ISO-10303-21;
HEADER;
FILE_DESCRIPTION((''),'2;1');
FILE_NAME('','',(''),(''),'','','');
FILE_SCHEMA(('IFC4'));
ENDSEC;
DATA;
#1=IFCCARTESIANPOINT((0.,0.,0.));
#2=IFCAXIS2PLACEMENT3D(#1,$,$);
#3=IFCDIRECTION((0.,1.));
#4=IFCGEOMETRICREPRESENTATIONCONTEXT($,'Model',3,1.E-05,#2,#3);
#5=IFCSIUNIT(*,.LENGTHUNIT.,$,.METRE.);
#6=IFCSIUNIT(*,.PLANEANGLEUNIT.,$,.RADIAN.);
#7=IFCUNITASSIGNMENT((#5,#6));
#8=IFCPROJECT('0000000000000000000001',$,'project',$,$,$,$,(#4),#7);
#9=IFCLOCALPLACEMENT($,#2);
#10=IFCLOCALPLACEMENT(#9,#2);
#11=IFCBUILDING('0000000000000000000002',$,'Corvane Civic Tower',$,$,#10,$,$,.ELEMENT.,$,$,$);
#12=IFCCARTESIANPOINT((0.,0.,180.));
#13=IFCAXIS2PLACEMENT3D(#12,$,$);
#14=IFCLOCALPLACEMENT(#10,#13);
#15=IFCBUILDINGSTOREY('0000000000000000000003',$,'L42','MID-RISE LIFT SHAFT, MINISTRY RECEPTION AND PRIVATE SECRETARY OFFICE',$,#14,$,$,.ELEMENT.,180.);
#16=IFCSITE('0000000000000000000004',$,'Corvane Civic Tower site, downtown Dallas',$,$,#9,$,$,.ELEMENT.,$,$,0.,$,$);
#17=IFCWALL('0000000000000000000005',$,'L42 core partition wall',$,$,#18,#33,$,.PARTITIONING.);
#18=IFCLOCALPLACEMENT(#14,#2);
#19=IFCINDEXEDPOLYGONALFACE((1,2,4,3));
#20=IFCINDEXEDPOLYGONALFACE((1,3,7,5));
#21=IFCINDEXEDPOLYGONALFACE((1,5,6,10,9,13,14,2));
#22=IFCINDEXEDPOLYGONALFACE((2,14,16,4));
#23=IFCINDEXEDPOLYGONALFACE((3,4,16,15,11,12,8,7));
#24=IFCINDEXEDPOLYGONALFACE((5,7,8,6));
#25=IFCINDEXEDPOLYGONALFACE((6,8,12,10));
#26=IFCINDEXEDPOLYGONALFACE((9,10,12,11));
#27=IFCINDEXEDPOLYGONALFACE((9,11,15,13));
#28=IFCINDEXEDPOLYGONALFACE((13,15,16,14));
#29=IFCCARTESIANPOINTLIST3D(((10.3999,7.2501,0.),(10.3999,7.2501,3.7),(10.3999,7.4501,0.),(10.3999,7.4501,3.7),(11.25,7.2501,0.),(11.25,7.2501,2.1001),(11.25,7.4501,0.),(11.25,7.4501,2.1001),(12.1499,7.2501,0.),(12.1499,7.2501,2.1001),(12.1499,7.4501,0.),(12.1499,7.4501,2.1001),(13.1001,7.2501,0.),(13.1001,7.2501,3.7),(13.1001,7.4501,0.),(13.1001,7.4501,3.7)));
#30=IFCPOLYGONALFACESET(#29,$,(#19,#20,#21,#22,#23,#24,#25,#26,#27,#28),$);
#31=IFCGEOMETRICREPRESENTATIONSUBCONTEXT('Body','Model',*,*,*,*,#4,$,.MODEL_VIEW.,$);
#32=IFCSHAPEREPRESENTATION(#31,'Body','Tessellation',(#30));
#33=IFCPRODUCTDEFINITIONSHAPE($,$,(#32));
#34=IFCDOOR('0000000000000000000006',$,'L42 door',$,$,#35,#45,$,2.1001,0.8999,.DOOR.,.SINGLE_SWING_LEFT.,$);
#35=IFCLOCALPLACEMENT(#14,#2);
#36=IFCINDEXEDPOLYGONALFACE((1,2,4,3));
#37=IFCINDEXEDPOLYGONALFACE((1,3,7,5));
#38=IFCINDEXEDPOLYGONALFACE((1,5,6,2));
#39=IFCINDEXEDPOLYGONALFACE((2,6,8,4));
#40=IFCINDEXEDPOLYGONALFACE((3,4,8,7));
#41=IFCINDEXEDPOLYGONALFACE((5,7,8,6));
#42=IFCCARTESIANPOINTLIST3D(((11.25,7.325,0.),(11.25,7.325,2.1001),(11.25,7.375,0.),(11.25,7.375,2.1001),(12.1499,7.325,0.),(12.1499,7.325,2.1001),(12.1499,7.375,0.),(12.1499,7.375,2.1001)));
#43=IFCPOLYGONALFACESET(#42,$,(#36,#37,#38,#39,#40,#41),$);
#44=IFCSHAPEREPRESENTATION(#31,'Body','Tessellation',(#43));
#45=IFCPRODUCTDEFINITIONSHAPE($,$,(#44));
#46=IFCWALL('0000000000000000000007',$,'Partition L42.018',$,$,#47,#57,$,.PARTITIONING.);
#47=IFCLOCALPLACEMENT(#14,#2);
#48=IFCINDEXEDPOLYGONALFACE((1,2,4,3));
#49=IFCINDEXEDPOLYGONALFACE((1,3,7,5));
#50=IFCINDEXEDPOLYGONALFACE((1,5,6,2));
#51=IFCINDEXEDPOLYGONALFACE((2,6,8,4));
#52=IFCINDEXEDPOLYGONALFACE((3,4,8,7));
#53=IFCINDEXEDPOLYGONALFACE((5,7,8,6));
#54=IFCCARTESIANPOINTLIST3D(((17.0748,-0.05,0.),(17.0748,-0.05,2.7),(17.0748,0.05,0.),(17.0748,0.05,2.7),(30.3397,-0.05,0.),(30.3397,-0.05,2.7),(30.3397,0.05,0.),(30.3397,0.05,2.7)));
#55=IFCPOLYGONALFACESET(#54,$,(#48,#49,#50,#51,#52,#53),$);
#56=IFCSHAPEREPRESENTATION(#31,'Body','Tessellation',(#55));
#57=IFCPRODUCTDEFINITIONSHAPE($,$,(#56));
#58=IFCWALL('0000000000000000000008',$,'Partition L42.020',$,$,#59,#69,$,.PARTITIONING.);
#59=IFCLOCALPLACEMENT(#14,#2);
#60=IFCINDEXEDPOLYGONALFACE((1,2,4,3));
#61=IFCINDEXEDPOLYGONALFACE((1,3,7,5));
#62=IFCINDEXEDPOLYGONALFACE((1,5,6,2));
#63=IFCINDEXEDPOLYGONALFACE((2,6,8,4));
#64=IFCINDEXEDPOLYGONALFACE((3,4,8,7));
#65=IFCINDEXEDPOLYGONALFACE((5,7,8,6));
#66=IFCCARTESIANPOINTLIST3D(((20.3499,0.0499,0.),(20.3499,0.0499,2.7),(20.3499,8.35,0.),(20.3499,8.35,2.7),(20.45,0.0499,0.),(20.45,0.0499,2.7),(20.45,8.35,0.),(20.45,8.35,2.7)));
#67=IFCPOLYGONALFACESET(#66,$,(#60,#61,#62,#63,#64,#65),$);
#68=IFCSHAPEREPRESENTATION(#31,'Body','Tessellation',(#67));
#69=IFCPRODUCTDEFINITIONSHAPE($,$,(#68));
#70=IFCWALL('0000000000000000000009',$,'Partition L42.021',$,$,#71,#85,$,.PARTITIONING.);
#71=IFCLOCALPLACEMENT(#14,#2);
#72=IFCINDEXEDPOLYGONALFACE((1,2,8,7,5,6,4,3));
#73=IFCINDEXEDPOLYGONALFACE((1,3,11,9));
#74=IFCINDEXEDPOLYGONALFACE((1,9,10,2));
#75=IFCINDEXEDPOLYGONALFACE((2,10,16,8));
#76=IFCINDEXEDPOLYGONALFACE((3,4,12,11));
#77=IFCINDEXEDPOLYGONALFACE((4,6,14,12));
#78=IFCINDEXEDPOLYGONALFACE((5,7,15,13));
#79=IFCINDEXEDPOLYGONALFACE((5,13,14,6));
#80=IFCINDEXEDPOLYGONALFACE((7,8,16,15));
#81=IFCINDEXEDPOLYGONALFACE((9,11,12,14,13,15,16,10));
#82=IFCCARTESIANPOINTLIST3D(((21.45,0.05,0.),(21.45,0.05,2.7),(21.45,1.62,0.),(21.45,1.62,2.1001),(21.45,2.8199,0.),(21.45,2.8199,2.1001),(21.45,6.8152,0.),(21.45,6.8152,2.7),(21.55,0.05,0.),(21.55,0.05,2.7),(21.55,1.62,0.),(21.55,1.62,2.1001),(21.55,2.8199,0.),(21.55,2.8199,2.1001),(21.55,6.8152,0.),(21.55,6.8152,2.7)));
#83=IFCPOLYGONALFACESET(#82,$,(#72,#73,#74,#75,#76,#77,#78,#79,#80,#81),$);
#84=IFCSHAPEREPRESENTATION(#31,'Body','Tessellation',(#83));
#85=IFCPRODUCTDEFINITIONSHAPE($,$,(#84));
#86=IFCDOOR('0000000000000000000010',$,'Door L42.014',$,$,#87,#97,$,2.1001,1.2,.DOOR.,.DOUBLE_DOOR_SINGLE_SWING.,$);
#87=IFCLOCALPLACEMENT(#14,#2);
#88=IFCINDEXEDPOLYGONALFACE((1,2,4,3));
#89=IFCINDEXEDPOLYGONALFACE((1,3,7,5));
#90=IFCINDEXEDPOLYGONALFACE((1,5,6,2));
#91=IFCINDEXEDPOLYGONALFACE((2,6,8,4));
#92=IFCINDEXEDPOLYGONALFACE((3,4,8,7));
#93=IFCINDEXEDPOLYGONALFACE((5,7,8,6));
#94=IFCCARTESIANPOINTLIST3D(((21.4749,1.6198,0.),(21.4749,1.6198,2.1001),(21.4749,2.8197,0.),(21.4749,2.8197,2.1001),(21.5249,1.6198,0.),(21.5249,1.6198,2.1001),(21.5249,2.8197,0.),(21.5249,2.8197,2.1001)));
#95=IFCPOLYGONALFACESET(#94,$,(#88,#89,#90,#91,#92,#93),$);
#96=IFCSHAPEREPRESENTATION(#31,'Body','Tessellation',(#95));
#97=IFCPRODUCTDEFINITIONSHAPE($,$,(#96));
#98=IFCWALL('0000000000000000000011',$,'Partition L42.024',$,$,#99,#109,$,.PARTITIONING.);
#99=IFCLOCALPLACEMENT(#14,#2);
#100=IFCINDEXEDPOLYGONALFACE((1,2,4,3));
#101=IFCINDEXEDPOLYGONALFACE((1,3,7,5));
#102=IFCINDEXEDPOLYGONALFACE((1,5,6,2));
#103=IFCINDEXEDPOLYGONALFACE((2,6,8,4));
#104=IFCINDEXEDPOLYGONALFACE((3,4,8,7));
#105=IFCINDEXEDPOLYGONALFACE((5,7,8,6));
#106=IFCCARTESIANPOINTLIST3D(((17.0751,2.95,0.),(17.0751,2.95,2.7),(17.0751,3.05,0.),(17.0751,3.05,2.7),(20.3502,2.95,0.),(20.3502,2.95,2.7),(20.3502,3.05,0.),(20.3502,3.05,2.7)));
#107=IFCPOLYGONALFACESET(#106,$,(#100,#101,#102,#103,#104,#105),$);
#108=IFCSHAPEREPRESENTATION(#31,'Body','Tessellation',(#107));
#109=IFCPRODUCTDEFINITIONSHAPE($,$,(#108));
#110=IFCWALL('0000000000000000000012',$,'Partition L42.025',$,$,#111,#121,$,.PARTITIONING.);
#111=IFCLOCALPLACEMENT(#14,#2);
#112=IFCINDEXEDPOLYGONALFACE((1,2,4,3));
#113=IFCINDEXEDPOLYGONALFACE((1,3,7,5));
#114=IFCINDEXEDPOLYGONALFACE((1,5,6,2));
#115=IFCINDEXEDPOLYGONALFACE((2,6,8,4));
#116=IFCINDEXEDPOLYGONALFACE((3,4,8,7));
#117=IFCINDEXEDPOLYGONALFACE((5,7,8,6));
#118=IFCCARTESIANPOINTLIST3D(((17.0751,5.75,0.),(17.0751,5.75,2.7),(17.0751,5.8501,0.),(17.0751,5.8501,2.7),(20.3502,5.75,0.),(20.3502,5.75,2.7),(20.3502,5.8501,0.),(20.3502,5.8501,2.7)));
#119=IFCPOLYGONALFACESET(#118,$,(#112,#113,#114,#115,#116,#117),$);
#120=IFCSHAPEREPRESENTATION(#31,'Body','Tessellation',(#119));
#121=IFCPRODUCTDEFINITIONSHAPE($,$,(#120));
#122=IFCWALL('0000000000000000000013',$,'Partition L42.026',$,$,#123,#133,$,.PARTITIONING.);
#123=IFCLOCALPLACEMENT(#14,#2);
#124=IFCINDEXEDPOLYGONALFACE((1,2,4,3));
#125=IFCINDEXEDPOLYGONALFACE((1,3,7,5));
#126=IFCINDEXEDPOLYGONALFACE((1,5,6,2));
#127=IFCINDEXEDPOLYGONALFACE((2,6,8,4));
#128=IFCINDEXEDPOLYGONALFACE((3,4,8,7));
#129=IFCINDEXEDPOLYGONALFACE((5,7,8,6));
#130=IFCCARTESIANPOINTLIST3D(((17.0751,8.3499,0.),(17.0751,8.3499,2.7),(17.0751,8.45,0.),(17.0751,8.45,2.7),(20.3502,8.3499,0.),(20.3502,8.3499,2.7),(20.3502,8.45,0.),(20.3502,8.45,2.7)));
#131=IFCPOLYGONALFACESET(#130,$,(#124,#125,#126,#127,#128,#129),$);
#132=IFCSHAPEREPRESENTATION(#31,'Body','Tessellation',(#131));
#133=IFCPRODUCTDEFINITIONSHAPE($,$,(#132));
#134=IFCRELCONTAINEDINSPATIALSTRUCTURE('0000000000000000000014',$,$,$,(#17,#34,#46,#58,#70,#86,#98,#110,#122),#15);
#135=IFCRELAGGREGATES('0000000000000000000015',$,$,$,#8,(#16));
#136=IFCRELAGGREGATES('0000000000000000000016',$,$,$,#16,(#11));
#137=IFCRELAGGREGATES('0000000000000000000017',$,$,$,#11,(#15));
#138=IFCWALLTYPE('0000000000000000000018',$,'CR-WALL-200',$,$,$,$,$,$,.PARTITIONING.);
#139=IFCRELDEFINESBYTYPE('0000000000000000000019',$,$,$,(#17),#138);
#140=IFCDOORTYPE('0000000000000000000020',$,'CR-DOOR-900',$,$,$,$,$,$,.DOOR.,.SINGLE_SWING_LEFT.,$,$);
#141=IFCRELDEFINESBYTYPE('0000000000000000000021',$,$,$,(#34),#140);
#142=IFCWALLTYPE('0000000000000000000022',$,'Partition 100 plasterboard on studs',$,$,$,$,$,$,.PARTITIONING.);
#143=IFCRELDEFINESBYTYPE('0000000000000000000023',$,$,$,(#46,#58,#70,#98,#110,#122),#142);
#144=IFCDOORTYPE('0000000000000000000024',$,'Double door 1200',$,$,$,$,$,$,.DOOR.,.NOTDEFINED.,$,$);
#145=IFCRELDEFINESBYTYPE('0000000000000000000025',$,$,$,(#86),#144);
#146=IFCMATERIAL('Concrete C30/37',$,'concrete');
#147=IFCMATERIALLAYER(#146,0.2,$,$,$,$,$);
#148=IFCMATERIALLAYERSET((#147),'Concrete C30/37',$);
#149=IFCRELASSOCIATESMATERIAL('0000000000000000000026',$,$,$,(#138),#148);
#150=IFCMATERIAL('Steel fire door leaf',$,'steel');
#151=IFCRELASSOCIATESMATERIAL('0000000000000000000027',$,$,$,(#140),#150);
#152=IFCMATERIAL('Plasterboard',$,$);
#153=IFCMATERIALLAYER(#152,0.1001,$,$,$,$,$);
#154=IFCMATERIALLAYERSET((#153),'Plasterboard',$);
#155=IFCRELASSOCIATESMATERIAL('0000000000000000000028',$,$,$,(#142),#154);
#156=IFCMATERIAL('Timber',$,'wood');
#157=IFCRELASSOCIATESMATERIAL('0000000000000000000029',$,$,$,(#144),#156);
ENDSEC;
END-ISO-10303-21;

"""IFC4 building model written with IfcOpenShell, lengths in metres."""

from ifc_helpers import new_model, si_unit, direction, frame, frame_2d, origin, place, context, subcontext, project, spatial, rectangle, extrude, material, layer, layer_set, type_object, element, fill, save


model = new_model("IFC4")

# Units and contexts
model_context = context("Model", 3, precision=1e-05, world=origin(), true_north=direction((0.0, 1.0)))
body_context = subcontext(model_context, "Body", "Model", "MODEL_VIEW")
ifc_project = project(units=[si_unit("LENGTHUNIT", "METRE"), si_unit("PLANEANGLEUNIT", "RADIAN")], contexts=[model_context])

# Site, building, storey
site_placement = place(None, origin())
site = spatial("IfcSite", under=ifc_project, at=site_placement, Name="Corvane Civic Tower site, downtown Dallas", CompositionType="ELEMENT", RefElevation=0.0)
building_placement = place(site_placement, origin())
building = spatial("IfcBuilding", under=site, at=building_placement, Name="Corvane Civic Tower", CompositionType="ELEMENT")
storey_placement = place(building_placement, frame((0.0, 0.0, 180.0)))
storey = spatial("IfcBuildingStorey", under=building, at=storey_placement, Name="L42", Description="MID-RISE LIFT SHAFT, MINISTRY RECEPTION AND PRIVATE SECRETARY OFFICE", CompositionType="ELEMENT", Elevation=180.0)

# Wall, opening, door
ifc_material_1 = material(Name="Concrete C30/37", Category="concrete")
ifc_layer_1 = layer(ifc_material_1, 0.2)
ifc_layer_set_1 = layer_set([ifc_layer_1], Name="Concrete C30/37")
wall_type_1 = type_object("IfcWallType", Name="CR-WALL-200", PredefinedType="PARTITIONING", material=ifc_layer_set_1)
wall_1_placement = place(storey_placement, frame((10.3999, 7.3501, 0.0), z_axis=(0.0, 0.0, 1.0), x_axis=(1.0, 0.0, 0.0)))
wall_1 = element("IfcWall", 1, at=wall_1_placement, inside=storey, type_object=wall_type_1, Name="L42 core partition wall", PredefinedType="PARTITIONING", context=body_context, shape_type="SweptSolid", body=[
    extrude(rectangle(XDim=2.7002, YDim=0.2, at=frame_2d((1.3501, 0.0))), origin(), (0.0, 0.0, 1.0), 3.7),
])
opening_1_placement = place(wall_1_placement, frame((0.8501, 0.0, 0.0)))
opening_1 = element("IfcOpeningElement", 2, at=opening_1_placement, cuts=wall_1, PredefinedType="OPENING", context=body_context, shape_type="SweptSolid", body=[
    extrude(rectangle(XDim=0.8999, YDim=2.1001, at=frame_2d((0.45, 1.05))), frame((0.0, 0.1099, 0.0), z_axis=(0.0, -1.0, 0.0), x_axis=(1.0, 0.0, 0.0)), (0.0, 0.0, 1.0), 0.22),
])
ifc_material_2 = material(Name="Steel fire door leaf", Category="steel")
door_type_1 = type_object("IfcDoorType", Name="CR-DOOR-900", OperationType="SINGLE_SWING_LEFT", PredefinedType="DOOR", material=ifc_material_2)
door_1_placement = place(opening_1_placement, origin())
door_1 = element("IfcDoor", 3, at=door_1_placement, inside=storey, type_object=door_type_1, Name="L42 door", OperationType="SINGLE_SWING_LEFT", OverallHeight=2.1001, OverallWidth=0.8999, PredefinedType="DOOR", context=body_context, shape_type="SweptSolid", body=[
    extrude(rectangle(XDim=0.8999, YDim=2.1001, at=frame_2d((0.45, 1.05))), frame((0.0, 0.0249, 0.0), z_axis=(0.0, -1.0, 0.0), x_axis=(1.0, 0.0, 0.0)), (0.0, 0.0, 1.0), 0.05),
])
fill(opening_1, door_1)

# Walls
ifc_material_3 = material(Name="Plasterboard")
ifc_layer_2 = layer(ifc_material_3, 0.1001)
ifc_layer_set_2 = layer_set([ifc_layer_2], Name="Plasterboard")
wall_type_2 = type_object("IfcWallType", Name="Partition 100 plasterboard on studs", PredefinedType="PARTITIONING", material=ifc_layer_set_2)
wall_2_placement = place(storey_placement, frame((17.075, 0.0, 0.0), z_axis=(0.0, 0.0, 1.0), x_axis=(1.0, 0.0, 0.0)))
element("IfcWall", 4, at=wall_2_placement, inside=storey, type_object=wall_type_2, Name="Partition L42.018", PredefinedType="PARTITIONING", context=body_context, shape_type="SweptSolid", body=[
    extrude(rectangle(XDim=13.2649, YDim=0.1001, at=frame_2d((6.6323, 0.0))), origin(), (0.0, 0.0, 1.0), 2.7),
])
wall_3_placement = place(storey_placement, frame((20.3999, 0.05, 0.0), z_axis=(0.0, 0.0, 1.0), x_axis=(0.0, 1.0, 0.0)))
element("IfcWall", 5, at=wall_3_placement, inside=storey, type_object=wall_type_2, Name="Partition L42.020", PredefinedType="PARTITIONING", context=body_context, shape_type="SweptSolid", body=[
    extrude(rectangle(XDim=8.3, YDim=0.1001, at=frame_2d((4.1499, 0.0))), origin(), (0.0, 0.0, 1.0), 2.7),
])

# Wall, opening, door
wall_4_placement = place(storey_placement, frame((21.5, 0.05, 0.0), z_axis=(0.0, 0.0, 1.0), x_axis=(0.0, 1.0, 0.0)))
wall_4 = element("IfcWall", 6, at=wall_4_placement, inside=storey, type_object=wall_type_2, Name="Partition L42.021", PredefinedType="PARTITIONING", context=body_context, shape_type="SweptSolid", body=[
    extrude(rectangle(XDim=6.7651, YDim=0.1001, at=frame_2d((3.3826, 0.0))), origin(), (0.0, 0.0, 1.0), 2.7),
])
opening_2_placement = place(wall_4_placement, frame((1.5698, 0.0, 0.0)))
opening_2 = element("IfcOpeningElement", 7, at=opening_2_placement, cuts=wall_4, PredefinedType="OPENING", context=body_context, shape_type="SweptSolid", body=[
    extrude(rectangle(XDim=1.2, YDim=2.1001, at=frame_2d((0.6001, 1.05))), frame((0.0, 0.0601, 0.0), z_axis=(0.0, -1.0, 0.0), x_axis=(1.0, 0.0, 0.0)), (0.0, 0.0, 1.0), 0.1201),
])
ifc_material_4 = material(Name="Timber", Category="wood")
door_type_2 = type_object("IfcDoorType", Name="Double door 1200", OperationType="NOTDEFINED", PredefinedType="DOOR", material=ifc_material_4)
door_2_placement = place(opening_2_placement, frame((1.2, 0.0, 0.0), z_axis=(0.0, 0.0, 1.0), x_axis=(-1.0, 0.0, 0.0)))
door_2 = element("IfcDoor", 8, at=door_2_placement, inside=storey, type_object=door_type_2, Name="Door L42.014", OperationType="DOUBLE_DOOR_SINGLE_SWING", OverallHeight=2.1001, OverallWidth=1.2, PredefinedType="DOOR", context=body_context, shape_type="SweptSolid", body=[
    extrude(rectangle(XDim=1.2, YDim=2.1001, at=frame_2d((0.6001, 1.05))), frame((0.0, 0.0249, 0.0), z_axis=(0.0, -1.0, 0.0), x_axis=(1.0, 0.0, 0.0)), (0.0, 0.0, 1.0), 0.05),
])
fill(opening_2, door_2)

# Walls
for number, where, z_axis, x_axis, name in (
    (9, (17.075, 3.0, 0.0), (0.0, 0.0, 1.0), (1.0, 0.0, 0.0), "Partition L42.024"),
    (10, (17.075, 5.8, 0.0), (0.0, 0.0, 1.0), (1.0, 0.0, 0.0), "Partition L42.025"),
    (11, (17.075, 8.3999, 0.0), (0.0, 0.0, 1.0), (1.0, 0.0, 0.0), "Partition L42.026"),
):
    element("IfcWall", number, at=place(storey_placement, frame(where, z_axis=z_axis, x_axis=x_axis)), inside=storey, type_object=wall_type_2, Name=name, PredefinedType="PARTITIONING", context=body_context, shape_type="SweptSolid", body=[
        extrude(rectangle(XDim=3.2751, YDim=0.1001, at=frame_2d((1.6377, 0.0))), origin(), (0.0, 0.0, 1.0), 2.7),
    ])

save(model, "model.ifc")
